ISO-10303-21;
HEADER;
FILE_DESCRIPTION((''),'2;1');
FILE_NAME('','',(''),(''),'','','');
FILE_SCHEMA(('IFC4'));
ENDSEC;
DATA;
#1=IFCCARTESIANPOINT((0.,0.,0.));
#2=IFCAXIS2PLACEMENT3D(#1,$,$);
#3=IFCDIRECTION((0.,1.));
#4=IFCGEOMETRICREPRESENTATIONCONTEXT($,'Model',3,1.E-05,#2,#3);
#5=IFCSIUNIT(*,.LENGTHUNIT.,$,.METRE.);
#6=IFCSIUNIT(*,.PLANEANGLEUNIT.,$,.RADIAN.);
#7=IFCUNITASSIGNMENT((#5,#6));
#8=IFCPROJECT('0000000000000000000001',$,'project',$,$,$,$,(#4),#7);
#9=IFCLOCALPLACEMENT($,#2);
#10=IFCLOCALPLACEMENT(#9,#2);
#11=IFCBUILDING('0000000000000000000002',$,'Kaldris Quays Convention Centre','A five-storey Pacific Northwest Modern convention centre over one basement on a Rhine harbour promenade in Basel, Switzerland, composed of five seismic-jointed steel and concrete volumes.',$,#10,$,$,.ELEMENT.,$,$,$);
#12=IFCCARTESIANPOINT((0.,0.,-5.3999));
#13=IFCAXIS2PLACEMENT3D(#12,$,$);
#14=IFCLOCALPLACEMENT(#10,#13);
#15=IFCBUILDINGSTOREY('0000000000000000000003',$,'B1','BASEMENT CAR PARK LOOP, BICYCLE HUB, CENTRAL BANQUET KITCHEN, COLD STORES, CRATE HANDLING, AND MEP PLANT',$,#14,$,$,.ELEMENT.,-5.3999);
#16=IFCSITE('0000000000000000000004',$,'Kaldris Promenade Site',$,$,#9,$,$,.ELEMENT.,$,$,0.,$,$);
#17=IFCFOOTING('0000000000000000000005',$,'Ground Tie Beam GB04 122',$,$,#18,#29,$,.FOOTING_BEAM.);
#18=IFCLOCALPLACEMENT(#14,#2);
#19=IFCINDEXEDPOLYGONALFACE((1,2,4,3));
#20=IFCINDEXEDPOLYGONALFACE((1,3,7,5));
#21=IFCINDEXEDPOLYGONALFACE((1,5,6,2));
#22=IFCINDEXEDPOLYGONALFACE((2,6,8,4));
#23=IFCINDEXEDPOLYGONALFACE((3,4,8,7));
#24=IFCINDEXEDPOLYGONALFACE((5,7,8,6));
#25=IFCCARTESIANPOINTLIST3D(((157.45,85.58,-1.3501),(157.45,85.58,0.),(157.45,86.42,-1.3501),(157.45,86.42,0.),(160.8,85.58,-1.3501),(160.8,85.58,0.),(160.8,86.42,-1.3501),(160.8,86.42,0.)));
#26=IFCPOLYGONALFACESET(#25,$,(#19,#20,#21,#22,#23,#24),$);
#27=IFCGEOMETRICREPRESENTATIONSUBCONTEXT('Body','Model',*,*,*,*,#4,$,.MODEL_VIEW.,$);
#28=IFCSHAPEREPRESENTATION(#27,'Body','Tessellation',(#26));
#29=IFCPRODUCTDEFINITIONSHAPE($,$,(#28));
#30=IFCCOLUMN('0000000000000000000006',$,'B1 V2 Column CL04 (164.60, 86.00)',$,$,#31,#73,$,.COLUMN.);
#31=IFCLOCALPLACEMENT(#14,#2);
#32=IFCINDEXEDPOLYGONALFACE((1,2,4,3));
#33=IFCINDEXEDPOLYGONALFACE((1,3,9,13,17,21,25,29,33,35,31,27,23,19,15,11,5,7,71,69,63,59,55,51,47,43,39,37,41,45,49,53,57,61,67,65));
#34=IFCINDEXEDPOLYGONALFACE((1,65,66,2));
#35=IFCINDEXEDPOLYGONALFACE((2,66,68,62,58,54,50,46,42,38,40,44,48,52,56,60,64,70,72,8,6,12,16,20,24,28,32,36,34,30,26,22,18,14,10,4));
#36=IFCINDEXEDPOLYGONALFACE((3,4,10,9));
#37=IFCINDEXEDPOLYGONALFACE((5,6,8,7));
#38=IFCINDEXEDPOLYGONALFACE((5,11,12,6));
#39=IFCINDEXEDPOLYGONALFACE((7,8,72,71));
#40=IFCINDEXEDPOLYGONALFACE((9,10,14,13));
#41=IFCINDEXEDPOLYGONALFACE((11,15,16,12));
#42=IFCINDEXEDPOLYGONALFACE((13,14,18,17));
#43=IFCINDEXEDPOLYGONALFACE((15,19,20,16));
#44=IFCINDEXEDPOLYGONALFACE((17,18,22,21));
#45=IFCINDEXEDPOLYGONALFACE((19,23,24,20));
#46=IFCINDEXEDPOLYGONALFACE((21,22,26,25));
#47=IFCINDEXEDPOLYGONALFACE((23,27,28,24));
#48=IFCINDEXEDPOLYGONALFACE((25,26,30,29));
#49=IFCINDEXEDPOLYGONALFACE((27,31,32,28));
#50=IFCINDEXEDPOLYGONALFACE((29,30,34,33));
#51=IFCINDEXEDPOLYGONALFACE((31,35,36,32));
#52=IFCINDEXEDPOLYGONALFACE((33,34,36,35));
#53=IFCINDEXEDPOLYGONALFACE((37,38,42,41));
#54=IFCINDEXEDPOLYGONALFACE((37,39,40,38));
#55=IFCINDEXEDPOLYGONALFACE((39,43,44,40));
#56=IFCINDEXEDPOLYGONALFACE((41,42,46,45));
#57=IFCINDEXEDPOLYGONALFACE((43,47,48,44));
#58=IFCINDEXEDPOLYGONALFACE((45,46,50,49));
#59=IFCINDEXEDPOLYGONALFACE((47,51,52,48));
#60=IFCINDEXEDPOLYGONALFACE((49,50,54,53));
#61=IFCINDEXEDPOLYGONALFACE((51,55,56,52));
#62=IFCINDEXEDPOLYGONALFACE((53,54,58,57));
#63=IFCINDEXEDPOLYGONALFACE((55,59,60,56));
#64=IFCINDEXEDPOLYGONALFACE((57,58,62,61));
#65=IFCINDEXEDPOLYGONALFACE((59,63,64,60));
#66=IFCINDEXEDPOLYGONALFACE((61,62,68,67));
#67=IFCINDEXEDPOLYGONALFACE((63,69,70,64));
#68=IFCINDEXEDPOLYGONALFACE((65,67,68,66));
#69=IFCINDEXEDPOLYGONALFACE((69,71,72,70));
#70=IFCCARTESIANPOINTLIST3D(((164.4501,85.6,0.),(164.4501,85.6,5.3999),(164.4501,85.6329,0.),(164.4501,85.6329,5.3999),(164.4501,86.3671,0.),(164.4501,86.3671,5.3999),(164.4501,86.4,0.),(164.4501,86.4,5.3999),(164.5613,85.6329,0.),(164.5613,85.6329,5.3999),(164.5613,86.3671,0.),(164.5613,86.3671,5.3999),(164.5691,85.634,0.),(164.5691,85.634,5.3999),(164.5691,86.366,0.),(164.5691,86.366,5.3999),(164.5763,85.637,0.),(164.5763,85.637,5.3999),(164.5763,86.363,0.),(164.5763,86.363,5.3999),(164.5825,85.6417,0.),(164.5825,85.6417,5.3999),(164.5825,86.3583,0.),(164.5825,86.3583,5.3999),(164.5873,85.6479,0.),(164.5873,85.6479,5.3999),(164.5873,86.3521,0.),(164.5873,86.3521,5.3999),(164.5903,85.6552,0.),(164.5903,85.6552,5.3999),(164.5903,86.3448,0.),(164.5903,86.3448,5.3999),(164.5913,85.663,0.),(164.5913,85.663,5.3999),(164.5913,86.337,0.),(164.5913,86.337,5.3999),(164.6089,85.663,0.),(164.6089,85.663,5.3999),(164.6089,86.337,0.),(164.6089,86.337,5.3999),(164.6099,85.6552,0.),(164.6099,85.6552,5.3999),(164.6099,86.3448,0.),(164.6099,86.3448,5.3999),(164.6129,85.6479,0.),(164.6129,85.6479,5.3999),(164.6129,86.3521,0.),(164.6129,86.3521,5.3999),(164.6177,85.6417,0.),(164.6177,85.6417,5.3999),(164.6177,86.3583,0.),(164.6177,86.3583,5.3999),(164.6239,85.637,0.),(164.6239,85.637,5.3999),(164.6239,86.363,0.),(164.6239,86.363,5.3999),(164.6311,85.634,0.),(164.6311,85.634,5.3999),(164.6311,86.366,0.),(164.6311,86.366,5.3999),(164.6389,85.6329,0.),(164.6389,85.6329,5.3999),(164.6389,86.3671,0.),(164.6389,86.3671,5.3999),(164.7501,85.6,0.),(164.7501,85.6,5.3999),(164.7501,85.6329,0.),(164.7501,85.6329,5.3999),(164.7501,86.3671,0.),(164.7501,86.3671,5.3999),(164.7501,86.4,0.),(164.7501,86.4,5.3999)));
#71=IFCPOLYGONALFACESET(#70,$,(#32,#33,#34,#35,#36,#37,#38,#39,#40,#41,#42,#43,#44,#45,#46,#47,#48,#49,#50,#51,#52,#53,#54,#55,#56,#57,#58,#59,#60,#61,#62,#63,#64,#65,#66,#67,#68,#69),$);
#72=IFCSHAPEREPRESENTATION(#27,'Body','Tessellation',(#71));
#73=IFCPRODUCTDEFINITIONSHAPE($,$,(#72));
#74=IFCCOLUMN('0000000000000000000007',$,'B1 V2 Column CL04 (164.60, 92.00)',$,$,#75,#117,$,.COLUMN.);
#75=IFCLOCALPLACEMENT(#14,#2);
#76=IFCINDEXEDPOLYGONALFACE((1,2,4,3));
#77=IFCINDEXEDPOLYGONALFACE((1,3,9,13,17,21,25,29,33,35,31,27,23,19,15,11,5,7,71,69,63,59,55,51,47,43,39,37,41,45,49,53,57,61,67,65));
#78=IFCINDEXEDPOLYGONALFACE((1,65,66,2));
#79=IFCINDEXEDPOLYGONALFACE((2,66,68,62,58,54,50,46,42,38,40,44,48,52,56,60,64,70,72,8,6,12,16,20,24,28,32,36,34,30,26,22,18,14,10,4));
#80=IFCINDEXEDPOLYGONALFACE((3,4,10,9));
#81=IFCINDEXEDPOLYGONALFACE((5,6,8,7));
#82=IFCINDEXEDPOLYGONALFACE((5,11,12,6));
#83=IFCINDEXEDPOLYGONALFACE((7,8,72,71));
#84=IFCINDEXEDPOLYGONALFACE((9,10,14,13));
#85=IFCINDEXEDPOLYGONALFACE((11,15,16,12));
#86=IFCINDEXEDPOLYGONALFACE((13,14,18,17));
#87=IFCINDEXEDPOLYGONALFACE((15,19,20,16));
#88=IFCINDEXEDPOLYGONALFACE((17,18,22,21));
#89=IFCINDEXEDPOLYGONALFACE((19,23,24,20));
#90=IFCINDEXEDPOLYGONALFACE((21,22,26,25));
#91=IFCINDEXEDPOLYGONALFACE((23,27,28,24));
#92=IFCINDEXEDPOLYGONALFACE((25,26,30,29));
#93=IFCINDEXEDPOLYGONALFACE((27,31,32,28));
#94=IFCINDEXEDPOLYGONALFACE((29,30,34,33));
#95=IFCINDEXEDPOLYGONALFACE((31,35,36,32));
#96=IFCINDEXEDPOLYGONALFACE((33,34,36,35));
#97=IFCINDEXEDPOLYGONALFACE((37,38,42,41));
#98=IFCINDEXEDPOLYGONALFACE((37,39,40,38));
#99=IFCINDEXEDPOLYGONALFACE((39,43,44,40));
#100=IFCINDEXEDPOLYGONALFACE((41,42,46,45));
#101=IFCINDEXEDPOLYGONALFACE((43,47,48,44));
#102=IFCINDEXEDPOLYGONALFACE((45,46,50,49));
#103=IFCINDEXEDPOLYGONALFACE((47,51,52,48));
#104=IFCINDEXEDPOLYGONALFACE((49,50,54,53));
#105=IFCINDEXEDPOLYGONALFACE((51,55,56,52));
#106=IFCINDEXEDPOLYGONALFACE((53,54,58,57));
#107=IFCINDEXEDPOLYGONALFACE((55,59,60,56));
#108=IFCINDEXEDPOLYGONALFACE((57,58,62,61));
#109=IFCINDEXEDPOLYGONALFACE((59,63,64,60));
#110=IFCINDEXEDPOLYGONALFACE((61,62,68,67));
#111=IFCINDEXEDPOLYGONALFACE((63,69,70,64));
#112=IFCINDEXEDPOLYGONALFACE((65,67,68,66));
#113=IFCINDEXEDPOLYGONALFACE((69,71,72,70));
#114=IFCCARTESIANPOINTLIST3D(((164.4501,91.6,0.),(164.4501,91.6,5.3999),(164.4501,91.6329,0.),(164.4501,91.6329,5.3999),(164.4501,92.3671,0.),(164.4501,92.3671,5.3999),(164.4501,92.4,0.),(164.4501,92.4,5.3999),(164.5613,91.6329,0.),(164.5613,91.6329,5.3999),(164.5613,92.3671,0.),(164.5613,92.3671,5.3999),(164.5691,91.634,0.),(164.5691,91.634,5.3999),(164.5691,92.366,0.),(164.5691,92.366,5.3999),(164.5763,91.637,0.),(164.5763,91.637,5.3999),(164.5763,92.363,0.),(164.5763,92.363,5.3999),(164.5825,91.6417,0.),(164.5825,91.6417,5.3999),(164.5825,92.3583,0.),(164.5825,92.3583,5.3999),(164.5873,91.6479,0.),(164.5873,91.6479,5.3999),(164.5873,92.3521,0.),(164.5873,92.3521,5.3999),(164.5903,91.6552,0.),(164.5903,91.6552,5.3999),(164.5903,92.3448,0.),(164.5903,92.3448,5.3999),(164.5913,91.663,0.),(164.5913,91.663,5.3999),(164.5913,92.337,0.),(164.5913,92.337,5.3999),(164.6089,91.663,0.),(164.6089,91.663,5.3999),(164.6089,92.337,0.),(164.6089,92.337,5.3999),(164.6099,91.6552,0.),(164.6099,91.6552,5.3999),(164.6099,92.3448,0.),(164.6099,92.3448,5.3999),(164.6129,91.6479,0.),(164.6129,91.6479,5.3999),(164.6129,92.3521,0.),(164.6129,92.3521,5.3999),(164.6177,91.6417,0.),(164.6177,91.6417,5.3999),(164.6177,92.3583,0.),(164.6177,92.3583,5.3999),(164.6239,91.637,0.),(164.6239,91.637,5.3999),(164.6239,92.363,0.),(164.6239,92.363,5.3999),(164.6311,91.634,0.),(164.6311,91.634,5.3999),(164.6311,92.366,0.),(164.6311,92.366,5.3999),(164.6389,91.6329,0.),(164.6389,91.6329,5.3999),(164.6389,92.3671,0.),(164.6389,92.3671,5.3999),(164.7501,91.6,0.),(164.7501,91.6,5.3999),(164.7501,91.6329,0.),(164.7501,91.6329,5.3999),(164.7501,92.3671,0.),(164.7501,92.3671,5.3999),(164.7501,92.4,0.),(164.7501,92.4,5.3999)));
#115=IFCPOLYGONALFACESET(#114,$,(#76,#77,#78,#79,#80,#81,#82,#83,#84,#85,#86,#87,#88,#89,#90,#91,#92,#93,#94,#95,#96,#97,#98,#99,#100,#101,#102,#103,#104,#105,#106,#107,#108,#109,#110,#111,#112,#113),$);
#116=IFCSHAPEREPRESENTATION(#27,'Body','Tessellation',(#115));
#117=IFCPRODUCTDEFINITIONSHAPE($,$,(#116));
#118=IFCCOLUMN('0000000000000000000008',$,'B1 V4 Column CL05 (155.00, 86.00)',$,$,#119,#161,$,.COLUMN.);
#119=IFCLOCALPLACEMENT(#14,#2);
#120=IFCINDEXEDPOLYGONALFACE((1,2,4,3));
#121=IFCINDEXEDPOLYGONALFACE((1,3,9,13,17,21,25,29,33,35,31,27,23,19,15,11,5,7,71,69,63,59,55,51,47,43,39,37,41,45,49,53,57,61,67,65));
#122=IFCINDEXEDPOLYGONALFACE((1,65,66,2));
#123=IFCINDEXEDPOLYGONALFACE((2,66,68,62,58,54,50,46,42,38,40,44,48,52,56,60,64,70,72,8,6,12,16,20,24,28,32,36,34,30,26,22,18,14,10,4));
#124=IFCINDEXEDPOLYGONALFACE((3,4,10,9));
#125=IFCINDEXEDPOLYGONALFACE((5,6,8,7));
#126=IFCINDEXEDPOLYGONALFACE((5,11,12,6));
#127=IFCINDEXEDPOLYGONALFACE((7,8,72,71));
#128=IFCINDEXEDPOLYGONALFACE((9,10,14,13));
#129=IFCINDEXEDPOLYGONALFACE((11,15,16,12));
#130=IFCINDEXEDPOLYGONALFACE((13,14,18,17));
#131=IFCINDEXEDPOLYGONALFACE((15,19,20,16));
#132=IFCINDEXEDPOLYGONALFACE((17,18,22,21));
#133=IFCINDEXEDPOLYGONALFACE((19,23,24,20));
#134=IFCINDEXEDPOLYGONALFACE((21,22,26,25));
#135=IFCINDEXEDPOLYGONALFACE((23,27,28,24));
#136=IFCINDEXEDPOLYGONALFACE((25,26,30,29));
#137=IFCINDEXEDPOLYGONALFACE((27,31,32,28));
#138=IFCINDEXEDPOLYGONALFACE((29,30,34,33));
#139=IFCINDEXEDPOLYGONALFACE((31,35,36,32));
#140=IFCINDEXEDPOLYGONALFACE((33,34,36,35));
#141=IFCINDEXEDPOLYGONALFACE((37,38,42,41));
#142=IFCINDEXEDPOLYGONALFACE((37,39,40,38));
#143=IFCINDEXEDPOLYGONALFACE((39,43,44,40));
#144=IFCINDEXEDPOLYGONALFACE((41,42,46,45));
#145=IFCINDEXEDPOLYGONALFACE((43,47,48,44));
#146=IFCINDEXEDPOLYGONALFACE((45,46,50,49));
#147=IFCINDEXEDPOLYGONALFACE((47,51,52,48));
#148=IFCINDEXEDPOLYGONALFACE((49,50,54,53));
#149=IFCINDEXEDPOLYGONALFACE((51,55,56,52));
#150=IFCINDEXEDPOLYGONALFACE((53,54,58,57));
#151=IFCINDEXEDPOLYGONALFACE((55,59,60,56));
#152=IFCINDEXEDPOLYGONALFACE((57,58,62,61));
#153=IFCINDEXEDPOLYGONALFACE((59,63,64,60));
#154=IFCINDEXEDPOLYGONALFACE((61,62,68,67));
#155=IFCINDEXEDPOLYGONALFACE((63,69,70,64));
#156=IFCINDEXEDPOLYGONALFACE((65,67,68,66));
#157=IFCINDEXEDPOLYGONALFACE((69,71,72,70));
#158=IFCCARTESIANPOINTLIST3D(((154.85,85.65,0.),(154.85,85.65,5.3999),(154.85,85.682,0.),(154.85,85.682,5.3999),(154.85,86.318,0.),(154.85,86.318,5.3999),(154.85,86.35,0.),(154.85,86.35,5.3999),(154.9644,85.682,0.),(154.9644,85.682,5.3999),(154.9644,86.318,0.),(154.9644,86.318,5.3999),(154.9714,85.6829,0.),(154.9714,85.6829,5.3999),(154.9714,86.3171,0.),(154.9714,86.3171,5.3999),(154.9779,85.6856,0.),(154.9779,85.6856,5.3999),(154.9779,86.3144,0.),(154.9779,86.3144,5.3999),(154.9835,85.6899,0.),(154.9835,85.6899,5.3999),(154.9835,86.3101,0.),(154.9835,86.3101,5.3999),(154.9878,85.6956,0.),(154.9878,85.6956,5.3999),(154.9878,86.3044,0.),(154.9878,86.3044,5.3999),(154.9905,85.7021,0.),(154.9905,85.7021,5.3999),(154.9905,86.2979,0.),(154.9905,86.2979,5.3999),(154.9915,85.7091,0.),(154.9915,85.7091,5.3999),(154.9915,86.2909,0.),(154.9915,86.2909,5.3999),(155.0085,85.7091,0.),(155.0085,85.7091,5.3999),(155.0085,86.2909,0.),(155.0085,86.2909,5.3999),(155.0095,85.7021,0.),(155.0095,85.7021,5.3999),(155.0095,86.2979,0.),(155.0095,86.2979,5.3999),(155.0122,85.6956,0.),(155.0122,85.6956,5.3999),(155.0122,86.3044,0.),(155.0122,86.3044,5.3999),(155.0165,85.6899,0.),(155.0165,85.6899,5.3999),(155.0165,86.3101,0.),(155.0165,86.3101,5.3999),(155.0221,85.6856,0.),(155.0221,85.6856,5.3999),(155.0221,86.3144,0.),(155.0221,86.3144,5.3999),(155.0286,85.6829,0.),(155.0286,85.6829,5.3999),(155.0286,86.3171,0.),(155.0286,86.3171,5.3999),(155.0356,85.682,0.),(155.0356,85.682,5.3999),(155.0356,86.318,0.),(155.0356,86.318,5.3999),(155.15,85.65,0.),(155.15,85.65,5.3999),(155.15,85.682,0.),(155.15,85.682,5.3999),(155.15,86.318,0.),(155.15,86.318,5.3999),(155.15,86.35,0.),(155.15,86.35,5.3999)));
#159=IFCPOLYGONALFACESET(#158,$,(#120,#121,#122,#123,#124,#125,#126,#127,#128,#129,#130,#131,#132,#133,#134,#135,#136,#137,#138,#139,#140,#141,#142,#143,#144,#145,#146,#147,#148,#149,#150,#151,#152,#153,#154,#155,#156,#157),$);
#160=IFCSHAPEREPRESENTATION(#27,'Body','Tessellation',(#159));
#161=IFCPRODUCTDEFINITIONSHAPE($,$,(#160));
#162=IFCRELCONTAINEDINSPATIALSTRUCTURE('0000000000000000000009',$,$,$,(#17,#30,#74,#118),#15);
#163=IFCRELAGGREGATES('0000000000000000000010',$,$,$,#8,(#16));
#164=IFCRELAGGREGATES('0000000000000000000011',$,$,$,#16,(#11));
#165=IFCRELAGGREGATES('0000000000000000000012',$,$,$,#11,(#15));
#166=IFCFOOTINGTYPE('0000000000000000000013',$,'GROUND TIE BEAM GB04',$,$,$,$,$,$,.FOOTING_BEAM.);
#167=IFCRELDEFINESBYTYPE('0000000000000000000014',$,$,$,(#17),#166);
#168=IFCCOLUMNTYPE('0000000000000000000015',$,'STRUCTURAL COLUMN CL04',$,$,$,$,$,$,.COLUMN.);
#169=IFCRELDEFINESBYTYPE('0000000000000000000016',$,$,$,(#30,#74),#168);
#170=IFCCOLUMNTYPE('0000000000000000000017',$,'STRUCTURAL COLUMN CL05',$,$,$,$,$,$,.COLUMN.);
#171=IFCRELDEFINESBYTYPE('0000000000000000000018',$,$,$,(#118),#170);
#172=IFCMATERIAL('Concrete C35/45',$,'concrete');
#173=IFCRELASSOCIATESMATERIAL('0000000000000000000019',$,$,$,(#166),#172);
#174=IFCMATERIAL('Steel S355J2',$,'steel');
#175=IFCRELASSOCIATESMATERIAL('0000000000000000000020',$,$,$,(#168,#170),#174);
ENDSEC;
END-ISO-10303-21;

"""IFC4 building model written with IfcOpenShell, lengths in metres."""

from ifc_helpers import new_model, si_unit, direction, frame, origin, origin_2d, place, context, subcontext, project, spatial, rectangle, i_section, extrude, material, material_profile, profile_set, type_object, element, save


model = new_model("IFC4")

# Units and contexts
model_context = context("Model", 3, precision=1e-05, world=origin(), true_north=direction((0.0, 1.0)))
body_context = subcontext(model_context, "Body", "Model", "MODEL_VIEW")
ifc_project = project(units=[si_unit("LENGTHUNIT", "METRE"), si_unit("PLANEANGLEUNIT", "RADIAN")], contexts=[model_context])

# Site, building, storey
site_placement = place(None, origin())
site = spatial("IfcSite", under=ifc_project, at=site_placement, Name="Kaldris Promenade Site", CompositionType="ELEMENT", RefElevation=0.0)
building_placement = place(site_placement, origin())
building = spatial("IfcBuilding", under=site, at=building_placement, Name="Kaldris Quays Convention Centre", Description="A five-storey Pacific Northwest Modern convention centre over one basement on a Rhine harbour promenade in Basel, Switzerland, composed of five seismic-jointed steel and concrete volumes.", CompositionType="ELEMENT")
storey_placement = place(building_placement, frame((0.0, 0.0, -5.3999)))
storey = spatial("IfcBuildingStorey", under=building, at=storey_placement, Name="B1", Description="BASEMENT CAR PARK LOOP, BICYCLE HUB, CENTRAL BANQUET KITCHEN, COLD STORES, CRATE HANDLING, AND MEP PLANT", CompositionType="ELEMENT", Elevation=-5.3999)

# Shared definitions
ifc_material_1 = material(Name="Concrete C35/45", Category="concrete")

# Footing
footing_type_1 = type_object("IfcFootingType", Name="GROUND TIE BEAM GB04", PredefinedType="FOOTING_BEAM", material=ifc_material_1)
footing_1_placement = place(storey_placement, frame((159.125, 86.0, -1.3501), z_axis=(0.0, 0.0, 1.0), x_axis=(1.0, 0.0, 0.0)))
element("IfcFooting", 1, at=footing_1_placement, inside=storey, type_object=footing_type_1, Name="Ground Tie Beam GB04 122", PredefinedType="FOOTING_BEAM", context=body_context, shape_type="SweptSolid", body=[
    extrude(rectangle(XDim=3.3501, YDim=0.8401, at=origin_2d()), origin(), (0.0, 0.0, 1.0), 1.3501),
])

# Columns
ifc_material_2 = material(Name="Steel S355J2", Category="steel")
ifc_material_profile_1 = material_profile(ifc_material_2, i_section(OverallWidth=0.3, OverallDepth=0.8, WebThickness=0.0176, FlangeThickness=0.033, FilletRadius=0.03, at=origin_2d()), Name="HEB 800")
ifc_profile_set_1 = profile_set([ifc_material_profile_1], Name="Steel S355J2")
column_type_1 = type_object("IfcColumnType", Name="STRUCTURAL COLUMN CL04", PredefinedType="COLUMN", material=ifc_profile_set_1)
for number, where, z_axis, x_axis, name in (
    (2, (164.6001, 86.0, 0.0), (0.0, 0.0, 1.0), (1.0, 0.0, 0.0), "B1 V2 Column CL04 (164.60, 86.00)"),
    (3, (164.6001, 92.0, 0.0), (0.0, 0.0, 1.0), (1.0, 0.0, 0.0), "B1 V2 Column CL04 (164.60, 92.00)"),
):
    element("IfcColumn", number, at=place(storey_placement, frame(where, z_axis=z_axis, x_axis=x_axis)), inside=storey, type_object=column_type_1, Name=name, PredefinedType="COLUMN", context=body_context, shape_type="SweptSolid", body=[
        extrude(i_section(OverallWidth=0.3, OverallDepth=0.8, WebThickness=0.0176, FlangeThickness=0.033, FilletRadius=0.03, at=origin_2d()), origin(), (0.0, 0.0, 1.0), 5.3999),
    ])
ifc_material_profile_2 = material_profile(ifc_material_2, i_section(OverallWidth=0.3, OverallDepth=0.7, WebThickness=0.0171, FlangeThickness=0.032, FilletRadius=0.0271, at=origin_2d()), Name="HEB 700")
ifc_profile_set_2 = profile_set([ifc_material_profile_2], Name="Steel S355J2")
column_type_2 = type_object("IfcColumnType", Name="STRUCTURAL COLUMN CL05", PredefinedType="COLUMN", material=ifc_profile_set_2)
for number, where, z_axis, x_axis, name in (
    (4, (155.0, 86.0, 0.0), (0.0, 0.0, 1.0), (1.0, 0.0, 0.0), "B1 V4 Column CL05 (155.00, 86.00)"),
):
    element("IfcColumn", number, at=place(storey_placement, frame(where, z_axis=z_axis, x_axis=x_axis)), inside=storey, type_object=column_type_2, Name=name, PredefinedType="COLUMN", context=body_context, shape_type="SweptSolid", body=[
        extrude(i_section(OverallWidth=0.3, OverallDepth=0.7, WebThickness=0.0171, FlangeThickness=0.032, FilletRadius=0.0271, at=origin_2d()), origin(), (0.0, 0.0, 1.0), 5.3999),
    ])

save(model, "model.ifc")
